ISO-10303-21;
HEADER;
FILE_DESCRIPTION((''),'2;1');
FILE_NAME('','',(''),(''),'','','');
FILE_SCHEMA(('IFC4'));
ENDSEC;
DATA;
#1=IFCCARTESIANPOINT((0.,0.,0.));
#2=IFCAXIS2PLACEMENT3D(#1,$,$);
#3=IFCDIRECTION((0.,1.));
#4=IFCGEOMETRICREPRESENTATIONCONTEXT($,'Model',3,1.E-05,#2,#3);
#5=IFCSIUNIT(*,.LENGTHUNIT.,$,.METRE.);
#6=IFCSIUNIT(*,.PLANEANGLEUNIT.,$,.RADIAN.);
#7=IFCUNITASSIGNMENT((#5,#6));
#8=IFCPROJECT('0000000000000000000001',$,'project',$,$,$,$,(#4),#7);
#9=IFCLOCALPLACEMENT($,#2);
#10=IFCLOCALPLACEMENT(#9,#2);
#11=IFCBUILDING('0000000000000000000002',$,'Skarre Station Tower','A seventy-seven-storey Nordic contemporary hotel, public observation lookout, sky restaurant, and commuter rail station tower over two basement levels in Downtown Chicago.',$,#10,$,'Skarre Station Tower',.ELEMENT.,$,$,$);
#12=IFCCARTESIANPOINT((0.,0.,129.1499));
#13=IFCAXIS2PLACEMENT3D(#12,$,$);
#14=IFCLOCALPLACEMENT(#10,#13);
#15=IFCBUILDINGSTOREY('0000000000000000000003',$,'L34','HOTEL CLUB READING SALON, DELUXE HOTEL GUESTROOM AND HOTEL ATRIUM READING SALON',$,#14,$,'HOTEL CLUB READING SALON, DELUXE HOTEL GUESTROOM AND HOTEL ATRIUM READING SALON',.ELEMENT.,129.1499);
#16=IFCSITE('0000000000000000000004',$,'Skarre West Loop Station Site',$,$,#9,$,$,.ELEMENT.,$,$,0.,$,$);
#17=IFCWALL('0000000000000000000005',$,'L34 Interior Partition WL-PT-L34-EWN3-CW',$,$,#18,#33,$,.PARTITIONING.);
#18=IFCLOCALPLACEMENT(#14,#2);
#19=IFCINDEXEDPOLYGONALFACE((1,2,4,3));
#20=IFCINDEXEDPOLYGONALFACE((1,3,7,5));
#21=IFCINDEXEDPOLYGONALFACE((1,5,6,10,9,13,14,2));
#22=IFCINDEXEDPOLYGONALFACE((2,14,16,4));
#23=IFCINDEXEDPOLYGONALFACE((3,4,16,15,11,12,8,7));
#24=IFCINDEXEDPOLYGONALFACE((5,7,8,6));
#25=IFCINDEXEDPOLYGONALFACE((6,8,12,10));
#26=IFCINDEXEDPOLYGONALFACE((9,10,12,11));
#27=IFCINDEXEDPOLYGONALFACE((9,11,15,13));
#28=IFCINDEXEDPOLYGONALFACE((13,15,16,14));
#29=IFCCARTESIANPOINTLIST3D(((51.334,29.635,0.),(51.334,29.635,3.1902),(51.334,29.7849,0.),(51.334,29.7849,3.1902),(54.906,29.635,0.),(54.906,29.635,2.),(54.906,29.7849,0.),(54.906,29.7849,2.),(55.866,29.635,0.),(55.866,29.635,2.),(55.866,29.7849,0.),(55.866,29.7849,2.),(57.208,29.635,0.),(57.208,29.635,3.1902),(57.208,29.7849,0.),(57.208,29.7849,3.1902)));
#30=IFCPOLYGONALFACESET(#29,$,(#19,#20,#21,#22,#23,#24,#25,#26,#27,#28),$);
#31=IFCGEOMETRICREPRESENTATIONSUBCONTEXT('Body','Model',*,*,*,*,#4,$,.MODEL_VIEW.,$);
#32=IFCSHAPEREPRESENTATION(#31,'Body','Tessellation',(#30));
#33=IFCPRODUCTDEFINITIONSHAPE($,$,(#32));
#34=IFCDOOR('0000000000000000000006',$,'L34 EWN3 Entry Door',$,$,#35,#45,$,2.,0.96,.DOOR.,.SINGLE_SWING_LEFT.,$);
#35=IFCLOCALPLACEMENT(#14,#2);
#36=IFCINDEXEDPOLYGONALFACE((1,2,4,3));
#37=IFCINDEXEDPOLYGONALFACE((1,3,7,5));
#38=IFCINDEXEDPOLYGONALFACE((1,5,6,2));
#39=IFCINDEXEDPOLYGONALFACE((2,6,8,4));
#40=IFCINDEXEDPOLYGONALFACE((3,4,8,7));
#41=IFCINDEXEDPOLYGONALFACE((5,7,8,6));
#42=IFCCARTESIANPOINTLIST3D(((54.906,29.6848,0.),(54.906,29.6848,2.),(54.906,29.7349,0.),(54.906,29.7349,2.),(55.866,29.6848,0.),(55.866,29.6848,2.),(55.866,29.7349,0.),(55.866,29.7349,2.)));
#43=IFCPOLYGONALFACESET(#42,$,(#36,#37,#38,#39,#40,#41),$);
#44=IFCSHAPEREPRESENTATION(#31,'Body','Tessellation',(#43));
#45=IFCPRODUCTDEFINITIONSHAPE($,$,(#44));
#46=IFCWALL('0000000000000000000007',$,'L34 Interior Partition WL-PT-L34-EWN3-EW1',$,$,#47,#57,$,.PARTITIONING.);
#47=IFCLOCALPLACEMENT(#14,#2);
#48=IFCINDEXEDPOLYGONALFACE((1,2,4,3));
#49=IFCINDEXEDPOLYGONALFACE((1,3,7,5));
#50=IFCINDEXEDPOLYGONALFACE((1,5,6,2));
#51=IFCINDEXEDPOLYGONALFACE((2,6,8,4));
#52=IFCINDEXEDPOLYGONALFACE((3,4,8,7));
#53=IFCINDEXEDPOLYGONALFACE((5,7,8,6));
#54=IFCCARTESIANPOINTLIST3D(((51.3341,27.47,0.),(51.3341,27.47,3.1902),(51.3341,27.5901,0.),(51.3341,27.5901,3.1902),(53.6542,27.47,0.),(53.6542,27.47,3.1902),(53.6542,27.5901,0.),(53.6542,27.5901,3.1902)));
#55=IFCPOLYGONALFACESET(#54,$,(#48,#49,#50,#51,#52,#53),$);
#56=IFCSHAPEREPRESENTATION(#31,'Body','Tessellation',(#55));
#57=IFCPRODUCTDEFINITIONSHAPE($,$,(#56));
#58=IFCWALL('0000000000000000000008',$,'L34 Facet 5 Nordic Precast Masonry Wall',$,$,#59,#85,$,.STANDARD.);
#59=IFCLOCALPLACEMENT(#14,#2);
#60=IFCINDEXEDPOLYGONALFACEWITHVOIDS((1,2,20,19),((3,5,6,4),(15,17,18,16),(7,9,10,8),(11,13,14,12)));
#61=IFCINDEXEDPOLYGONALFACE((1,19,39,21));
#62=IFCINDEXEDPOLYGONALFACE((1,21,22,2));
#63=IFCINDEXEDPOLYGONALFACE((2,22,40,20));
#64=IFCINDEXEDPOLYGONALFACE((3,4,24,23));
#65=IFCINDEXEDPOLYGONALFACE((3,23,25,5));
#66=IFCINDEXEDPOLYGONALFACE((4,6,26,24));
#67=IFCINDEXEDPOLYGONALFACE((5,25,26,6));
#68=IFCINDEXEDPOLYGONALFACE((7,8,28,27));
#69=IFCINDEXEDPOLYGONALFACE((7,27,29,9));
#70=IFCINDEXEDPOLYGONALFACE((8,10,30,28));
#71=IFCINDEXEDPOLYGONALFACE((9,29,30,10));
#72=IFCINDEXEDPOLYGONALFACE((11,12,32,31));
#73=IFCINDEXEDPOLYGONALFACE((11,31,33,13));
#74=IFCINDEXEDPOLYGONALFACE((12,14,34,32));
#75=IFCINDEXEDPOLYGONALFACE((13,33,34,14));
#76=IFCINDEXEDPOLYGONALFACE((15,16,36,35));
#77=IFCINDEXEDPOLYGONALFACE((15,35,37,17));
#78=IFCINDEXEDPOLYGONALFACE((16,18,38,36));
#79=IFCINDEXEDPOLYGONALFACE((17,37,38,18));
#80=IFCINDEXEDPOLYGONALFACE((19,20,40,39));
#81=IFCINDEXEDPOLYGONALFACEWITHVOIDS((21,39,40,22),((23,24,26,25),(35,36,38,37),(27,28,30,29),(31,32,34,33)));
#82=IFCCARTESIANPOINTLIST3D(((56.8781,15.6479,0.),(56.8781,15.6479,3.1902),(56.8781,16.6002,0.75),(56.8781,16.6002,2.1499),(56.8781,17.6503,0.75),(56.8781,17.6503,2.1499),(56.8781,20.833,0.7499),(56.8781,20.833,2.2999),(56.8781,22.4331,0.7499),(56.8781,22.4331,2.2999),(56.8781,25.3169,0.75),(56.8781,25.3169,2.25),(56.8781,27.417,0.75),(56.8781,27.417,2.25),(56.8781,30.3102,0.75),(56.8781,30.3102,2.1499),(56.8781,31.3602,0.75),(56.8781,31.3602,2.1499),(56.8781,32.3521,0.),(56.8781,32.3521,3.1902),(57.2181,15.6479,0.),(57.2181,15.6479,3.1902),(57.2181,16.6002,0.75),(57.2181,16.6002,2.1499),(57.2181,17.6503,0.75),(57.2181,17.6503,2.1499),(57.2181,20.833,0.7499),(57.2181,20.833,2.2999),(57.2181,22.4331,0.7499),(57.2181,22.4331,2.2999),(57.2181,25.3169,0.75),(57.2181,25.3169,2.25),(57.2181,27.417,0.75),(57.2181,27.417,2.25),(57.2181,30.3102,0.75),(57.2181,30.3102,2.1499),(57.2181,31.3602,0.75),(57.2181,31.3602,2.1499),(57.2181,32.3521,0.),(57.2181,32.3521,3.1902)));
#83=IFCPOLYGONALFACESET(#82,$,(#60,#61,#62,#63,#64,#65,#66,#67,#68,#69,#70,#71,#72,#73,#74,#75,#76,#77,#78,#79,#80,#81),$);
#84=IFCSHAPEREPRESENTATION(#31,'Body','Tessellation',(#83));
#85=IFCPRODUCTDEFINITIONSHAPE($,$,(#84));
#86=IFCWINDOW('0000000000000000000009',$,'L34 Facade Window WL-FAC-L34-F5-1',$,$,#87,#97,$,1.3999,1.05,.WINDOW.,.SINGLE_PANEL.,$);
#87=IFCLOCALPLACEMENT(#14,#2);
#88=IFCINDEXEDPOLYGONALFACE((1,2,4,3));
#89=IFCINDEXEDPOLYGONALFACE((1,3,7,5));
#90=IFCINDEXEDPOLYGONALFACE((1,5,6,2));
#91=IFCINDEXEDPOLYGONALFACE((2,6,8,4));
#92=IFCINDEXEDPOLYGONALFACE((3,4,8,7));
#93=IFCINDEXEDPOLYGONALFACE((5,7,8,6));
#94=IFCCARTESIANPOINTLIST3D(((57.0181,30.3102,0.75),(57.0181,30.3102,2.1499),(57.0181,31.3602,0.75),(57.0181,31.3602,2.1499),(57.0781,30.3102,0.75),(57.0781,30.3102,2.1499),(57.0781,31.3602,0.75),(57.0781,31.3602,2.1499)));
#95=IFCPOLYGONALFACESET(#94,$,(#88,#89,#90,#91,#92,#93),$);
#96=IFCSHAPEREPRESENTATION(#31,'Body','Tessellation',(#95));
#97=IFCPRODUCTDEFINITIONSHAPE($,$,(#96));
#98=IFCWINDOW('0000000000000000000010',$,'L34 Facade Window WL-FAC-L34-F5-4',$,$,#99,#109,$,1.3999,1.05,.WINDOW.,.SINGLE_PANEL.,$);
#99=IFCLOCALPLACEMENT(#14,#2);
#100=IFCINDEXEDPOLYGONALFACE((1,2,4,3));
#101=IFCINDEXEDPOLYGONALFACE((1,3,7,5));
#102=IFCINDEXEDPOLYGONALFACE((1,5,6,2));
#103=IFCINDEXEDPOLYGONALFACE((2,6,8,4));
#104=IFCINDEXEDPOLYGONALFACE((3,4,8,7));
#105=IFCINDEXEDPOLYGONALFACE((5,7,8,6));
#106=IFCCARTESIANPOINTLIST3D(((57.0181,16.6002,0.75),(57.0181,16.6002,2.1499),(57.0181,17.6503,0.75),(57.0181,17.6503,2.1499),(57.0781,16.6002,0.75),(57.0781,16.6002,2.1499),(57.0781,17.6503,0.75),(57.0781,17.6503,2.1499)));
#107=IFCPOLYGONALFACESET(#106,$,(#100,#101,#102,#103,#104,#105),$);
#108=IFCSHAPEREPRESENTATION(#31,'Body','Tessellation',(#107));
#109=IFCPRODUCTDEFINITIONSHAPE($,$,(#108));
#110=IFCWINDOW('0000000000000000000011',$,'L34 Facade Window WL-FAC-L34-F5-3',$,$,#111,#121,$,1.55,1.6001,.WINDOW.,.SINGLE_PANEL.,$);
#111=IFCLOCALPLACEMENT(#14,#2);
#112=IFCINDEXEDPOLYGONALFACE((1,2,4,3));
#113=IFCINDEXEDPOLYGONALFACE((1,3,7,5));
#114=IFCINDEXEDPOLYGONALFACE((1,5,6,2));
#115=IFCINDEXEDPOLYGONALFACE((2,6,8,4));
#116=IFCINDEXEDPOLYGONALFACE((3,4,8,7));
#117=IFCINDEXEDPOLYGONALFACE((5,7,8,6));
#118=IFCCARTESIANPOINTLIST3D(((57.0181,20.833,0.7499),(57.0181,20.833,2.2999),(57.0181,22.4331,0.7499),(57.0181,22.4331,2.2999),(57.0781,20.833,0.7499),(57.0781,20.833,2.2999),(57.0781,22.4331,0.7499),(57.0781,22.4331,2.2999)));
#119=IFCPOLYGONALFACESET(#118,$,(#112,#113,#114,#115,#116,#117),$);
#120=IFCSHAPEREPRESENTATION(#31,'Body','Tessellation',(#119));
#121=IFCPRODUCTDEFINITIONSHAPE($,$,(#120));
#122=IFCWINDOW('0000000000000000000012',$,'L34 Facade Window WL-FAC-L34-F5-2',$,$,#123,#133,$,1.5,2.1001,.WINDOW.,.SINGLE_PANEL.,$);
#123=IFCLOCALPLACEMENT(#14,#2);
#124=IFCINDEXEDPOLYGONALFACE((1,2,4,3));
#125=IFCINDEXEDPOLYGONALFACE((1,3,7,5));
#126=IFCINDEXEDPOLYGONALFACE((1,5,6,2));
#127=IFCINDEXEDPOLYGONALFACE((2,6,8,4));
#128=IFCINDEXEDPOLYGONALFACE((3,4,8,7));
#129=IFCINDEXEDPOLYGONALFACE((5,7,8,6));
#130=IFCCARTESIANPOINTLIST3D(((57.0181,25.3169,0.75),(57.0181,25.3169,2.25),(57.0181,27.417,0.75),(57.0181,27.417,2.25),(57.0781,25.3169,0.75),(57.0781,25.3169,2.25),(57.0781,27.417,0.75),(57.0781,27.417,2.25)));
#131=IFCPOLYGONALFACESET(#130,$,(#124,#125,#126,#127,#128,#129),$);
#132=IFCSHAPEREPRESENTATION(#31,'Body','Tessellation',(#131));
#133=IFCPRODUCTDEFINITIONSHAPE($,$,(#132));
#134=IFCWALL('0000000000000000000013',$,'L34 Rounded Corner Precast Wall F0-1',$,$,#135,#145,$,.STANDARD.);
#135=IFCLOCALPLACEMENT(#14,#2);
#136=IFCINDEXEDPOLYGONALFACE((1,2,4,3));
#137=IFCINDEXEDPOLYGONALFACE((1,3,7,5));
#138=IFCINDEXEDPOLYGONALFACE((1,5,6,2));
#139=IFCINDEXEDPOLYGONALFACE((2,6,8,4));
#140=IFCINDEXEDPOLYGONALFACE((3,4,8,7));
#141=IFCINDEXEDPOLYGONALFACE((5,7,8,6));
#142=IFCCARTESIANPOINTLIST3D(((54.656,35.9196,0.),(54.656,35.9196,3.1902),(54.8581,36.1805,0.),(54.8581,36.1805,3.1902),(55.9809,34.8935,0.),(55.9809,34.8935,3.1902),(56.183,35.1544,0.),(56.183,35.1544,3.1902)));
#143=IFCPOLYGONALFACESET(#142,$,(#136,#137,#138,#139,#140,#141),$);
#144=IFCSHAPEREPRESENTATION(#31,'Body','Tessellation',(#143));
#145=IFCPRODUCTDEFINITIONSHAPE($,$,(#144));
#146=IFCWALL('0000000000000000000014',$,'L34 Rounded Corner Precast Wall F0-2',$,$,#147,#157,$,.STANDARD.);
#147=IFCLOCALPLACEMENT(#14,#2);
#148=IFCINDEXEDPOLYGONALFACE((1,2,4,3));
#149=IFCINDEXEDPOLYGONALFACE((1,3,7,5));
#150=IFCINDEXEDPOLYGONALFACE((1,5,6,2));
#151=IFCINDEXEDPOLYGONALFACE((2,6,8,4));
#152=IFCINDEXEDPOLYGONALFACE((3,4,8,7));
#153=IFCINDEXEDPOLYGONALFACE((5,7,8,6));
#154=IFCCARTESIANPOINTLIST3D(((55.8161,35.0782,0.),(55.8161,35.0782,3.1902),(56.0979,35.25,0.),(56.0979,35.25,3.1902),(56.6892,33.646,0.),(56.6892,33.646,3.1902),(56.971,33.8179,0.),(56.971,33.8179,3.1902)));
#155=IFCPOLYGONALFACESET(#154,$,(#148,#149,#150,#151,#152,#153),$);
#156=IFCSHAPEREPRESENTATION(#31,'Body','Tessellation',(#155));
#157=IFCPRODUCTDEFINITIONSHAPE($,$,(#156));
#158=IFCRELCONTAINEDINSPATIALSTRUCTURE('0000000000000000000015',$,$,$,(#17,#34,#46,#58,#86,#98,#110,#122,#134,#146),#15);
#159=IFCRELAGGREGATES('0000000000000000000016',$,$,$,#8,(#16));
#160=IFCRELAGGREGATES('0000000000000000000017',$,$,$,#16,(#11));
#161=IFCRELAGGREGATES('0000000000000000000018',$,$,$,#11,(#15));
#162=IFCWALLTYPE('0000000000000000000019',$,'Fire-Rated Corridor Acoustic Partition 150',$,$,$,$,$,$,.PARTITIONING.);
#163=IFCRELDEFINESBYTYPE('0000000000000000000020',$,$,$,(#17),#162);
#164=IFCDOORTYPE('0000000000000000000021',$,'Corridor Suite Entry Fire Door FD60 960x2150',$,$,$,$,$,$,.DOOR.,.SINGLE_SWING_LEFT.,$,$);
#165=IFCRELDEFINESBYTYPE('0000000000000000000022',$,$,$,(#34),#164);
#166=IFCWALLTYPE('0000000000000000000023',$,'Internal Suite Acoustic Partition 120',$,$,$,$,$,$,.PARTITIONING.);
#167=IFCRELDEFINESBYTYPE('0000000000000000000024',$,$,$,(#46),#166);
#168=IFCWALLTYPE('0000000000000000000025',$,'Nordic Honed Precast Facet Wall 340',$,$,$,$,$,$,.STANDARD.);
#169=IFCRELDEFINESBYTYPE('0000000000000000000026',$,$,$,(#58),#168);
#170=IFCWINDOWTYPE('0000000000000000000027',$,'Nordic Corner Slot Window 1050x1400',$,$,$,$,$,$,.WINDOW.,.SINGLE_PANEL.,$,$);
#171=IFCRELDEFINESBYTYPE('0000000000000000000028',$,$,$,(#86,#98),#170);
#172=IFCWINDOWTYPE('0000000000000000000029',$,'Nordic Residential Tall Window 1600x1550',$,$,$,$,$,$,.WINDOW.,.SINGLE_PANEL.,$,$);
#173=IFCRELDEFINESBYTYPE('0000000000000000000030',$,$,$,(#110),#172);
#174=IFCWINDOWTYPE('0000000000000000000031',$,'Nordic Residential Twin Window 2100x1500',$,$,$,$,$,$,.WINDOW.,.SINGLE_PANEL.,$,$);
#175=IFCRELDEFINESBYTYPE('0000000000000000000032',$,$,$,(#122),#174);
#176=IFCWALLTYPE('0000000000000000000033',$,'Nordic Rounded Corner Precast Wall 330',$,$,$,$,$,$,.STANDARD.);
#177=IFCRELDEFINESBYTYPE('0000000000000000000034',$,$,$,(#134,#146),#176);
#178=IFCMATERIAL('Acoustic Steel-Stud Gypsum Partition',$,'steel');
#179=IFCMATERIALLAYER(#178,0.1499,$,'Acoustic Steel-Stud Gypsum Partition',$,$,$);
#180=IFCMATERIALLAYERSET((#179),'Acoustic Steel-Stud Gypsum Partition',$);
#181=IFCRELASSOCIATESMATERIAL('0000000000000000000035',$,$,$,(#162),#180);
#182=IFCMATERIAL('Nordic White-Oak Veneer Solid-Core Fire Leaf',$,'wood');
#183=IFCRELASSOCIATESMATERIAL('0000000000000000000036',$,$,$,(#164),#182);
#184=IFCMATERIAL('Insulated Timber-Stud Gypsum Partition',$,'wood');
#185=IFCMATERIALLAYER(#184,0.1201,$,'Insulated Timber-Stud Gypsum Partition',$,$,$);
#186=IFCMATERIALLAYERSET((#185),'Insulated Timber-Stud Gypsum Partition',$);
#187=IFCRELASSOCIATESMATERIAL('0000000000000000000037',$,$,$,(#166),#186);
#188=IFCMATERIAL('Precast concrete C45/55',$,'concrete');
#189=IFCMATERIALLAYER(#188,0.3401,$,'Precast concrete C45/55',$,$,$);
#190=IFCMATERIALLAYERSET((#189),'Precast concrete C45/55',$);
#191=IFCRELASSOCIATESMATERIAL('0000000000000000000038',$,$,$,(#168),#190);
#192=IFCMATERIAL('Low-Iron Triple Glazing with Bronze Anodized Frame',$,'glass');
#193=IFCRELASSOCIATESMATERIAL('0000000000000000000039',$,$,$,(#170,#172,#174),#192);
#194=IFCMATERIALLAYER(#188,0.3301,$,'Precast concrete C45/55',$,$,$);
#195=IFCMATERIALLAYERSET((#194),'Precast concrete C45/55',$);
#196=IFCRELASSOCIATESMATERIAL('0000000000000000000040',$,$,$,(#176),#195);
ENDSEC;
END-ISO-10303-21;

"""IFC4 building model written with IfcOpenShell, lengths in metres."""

from ifc_helpers import new_model, si_unit, direction, frame, frame_2d, origin, place, context, subcontext, project, spatial, rectangle, extrude, material, layer, layer_set, type_object, element, fill, save


model = new_model("IFC4")

# Units and contexts
model_context = context("Model", 3, precision=1e-05, world=origin(), true_north=direction((0.0, 1.0)))
body_context = subcontext(model_context, "Body", "Model", "MODEL_VIEW")
ifc_project = project(units=[si_unit("LENGTHUNIT", "METRE"), si_unit("PLANEANGLEUNIT", "RADIAN")], contexts=[model_context])

# Site, building, storey
site_placement = place(None, origin())
site = spatial("IfcSite", under=ifc_project, at=site_placement, Name="Skarre West Loop Station Site", CompositionType="ELEMENT", RefElevation=0.0)
building_placement = place(site_placement, origin())
building = spatial("IfcBuilding", under=site, at=building_placement, Name="Skarre Station Tower", Description="A seventy-seven-storey Nordic contemporary hotel, public observation lookout, sky restaurant, and commuter rail station tower over two basement levels in Downtown Chicago.", LongName="Skarre Station Tower", CompositionType="ELEMENT")
storey_placement = place(building_placement, frame((0.0, 0.0, 129.1499)))
storey = spatial("IfcBuildingStorey", under=building, at=storey_placement, Name="L34", Description="HOTEL CLUB READING SALON, DELUXE HOTEL GUESTROOM AND HOTEL ATRIUM READING SALON", LongName="HOTEL CLUB READING SALON, DELUXE HOTEL GUESTROOM AND HOTEL ATRIUM READING SALON", CompositionType="ELEMENT", Elevation=129.1499)

# Wall, opening, door
ifc_material_1 = material(Name="Acoustic Steel-Stud Gypsum Partition", Category="steel")
ifc_layer_1 = layer(ifc_material_1, 0.1499, Name="Acoustic Steel-Stud Gypsum Partition")
ifc_layer_set_1 = layer_set([ifc_layer_1], Name="Acoustic Steel-Stud Gypsum Partition")
wall_type_1 = type_object("IfcWallType", Name="Fire-Rated Corridor Acoustic Partition 150", PredefinedType="PARTITIONING", material=ifc_layer_set_1)
ifc_material_2 = material(Name="Nordic White-Oak Veneer Solid-Core Fire Leaf", Category="wood")
door_type = type_object("IfcDoorType", Name="Corridor Suite Entry Fire Door FD60 960x2150", OperationType="SINGLE_SWING_LEFT", PredefinedType="DOOR", material=ifc_material_2)
wall_1_placement = place(storey_placement, frame((51.334, 29.71, 0.0), z_axis=(0.0, 0.0, 1.0), x_axis=(1.0, 0.0, 0.0)))
wall_1 = element("IfcWall", 1, at=wall_1_placement, inside=storey, type_object=wall_type_1, Name="L34 Interior Partition WL-PT-L34-EWN3-CW", PredefinedType="PARTITIONING", context=body_context, shape_type="SweptSolid", body=[
    extrude(rectangle(XDim=5.874, YDim=0.1499, at=frame_2d((2.937, 0.0))), origin(), (0.0, 0.0, 1.0), 3.1902),
])
opening_1_placement = place(wall_1_placement, frame((3.572, 0.0, 0.0)))
opening_1 = element("IfcOpeningElement", 2, at=opening_1_placement, cuts=wall_1, PredefinedType="OPENING", context=body_context, shape_type="SweptSolid", body=[
    extrude(rectangle(XDim=0.96, YDim=2.0, at=frame_2d((0.48, 1.0))), frame((0.0, 0.085, 0.0), z_axis=(0.0, -1.0, 0.0), x_axis=(1.0, 0.0, 0.0)), (0.0, 0.0, 1.0), 0.1699),
])
door_1_placement = place(opening_1_placement, origin())
door_1 = element("IfcDoor", 3, at=door_1_placement, inside=storey, type_object=door_type, Name="L34 EWN3 Entry Door", OperationType="SINGLE_SWING_LEFT", OverallHeight=2.0, OverallWidth=0.96, PredefinedType="DOOR", context=body_context, shape_type="SweptSolid", body=[
    extrude(rectangle(XDim=0.96, YDim=2.0, at=frame_2d((0.48, 1.0))), frame((0.0, 0.0249, 0.0), z_axis=(0.0, -1.0, 0.0), x_axis=(1.0, 0.0, 0.0)), (0.0, 0.0, 1.0), 0.05),
])
fill(opening_1, door_1)

# Wall
ifc_material_3 = material(Name="Insulated Timber-Stud Gypsum Partition", Category="wood")
ifc_layer_2 = layer(ifc_material_3, 0.1201, Name="Insulated Timber-Stud Gypsum Partition")
ifc_layer_set_2 = layer_set([ifc_layer_2], Name="Insulated Timber-Stud Gypsum Partition")
wall_type_2 = type_object("IfcWallType", Name="Internal Suite Acoustic Partition 120", PredefinedType="PARTITIONING", material=ifc_layer_set_2)
wall_2_placement = place(storey_placement, frame((51.334, 27.53, 0.0), z_axis=(0.0, 0.0, 1.0), x_axis=(1.0, 0.0, 0.0)))
element("IfcWall", 4, at=wall_2_placement, inside=storey, type_object=wall_type_2, Name="L34 Interior Partition WL-PT-L34-EWN3-EW1", PredefinedType="PARTITIONING", context=body_context, shape_type="SweptSolid", body=[
    extrude(rectangle(XDim=2.3201, YDim=0.1201, at=frame_2d((1.1602, 0.0))), origin(), (0.0, 0.0, 1.0), 3.1902),
])

# Wall, openings, windows
ifc_material_4 = material(Name="Precast concrete C45/55", Category="concrete")
ifc_layer_3 = layer(ifc_material_4, 0.3401, Name="Precast concrete C45/55")
ifc_layer_set_3 = layer_set([ifc_layer_3], Name="Precast concrete C45/55")
wall_type_3 = type_object("IfcWallType", Name="Nordic Honed Precast Facet Wall 340", PredefinedType="STANDARD", material=ifc_layer_set_3)
wall_3_placement = place(storey_placement, frame((57.0481, 32.3521, 0.0), z_axis=(0.0, 0.0, 1.0), x_axis=(0.0, -1.0, 0.0)))
wall_3 = element("IfcWall", 5, at=wall_3_placement, inside=storey, type_object=wall_type_3, Name="L34 Facet 5 Nordic Precast Masonry Wall", PredefinedType="STANDARD", context=body_context, shape_type="SweptSolid", body=[
    extrude(rectangle(XDim=16.7041, YDim=0.3401, at=frame_2d((8.3521, 0.0))), origin(), (0.0, 0.0, 1.0), 3.1902),
])
opening_2_placement = place(wall_3_placement, frame((0.9919, 0.0, 0.75)))
opening_2 = element("IfcOpeningElement", 6, at=opening_2_placement, cuts=wall_3, PredefinedType="OPENING", context=body_context, shape_type="SweptSolid", body=[
    extrude(rectangle(XDim=1.05, YDim=1.3999, at=frame_2d((0.5249, 0.7))), frame((0.0, 0.1799, 0.0), z_axis=(0.0, -1.0, 0.0), x_axis=(1.0, 0.0, 0.0)), (0.0, 0.0, 1.0), 0.3601),
])
opening_3_placement = place(wall_3_placement, frame((4.9351, 0.0, 0.75)))
opening_3 = element("IfcOpeningElement", 7, at=opening_3_placement, cuts=wall_3, PredefinedType="OPENING", context=body_context, shape_type="SweptSolid", body=[
    extrude(rectangle(XDim=2.1001, YDim=1.5, at=frame_2d((1.05, 0.75))), frame((0.0, 0.1799, 0.0), z_axis=(0.0, -1.0, 0.0), x_axis=(1.0, 0.0, 0.0)), (0.0, 0.0, 1.0), 0.3601),
])
opening_4_placement = place(wall_3_placement, frame((9.9189, 0.0, 0.75)))
opening_4 = element("IfcOpeningElement", 8, at=opening_4_placement, cuts=wall_3, PredefinedType="OPENING", context=body_context, shape_type="SweptSolid", body=[
    extrude(rectangle(XDim=1.6001, YDim=1.55, at=frame_2d((0.8, 0.7749))), frame((0.0, 0.1799, 0.0), z_axis=(0.0, -1.0, 0.0), x_axis=(1.0, 0.0, 0.0)), (0.0, 0.0, 1.0), 0.3601),
])
opening_5_placement = place(wall_3_placement, frame((14.7019, 0.0, 0.75)))
opening_5 = element("IfcOpeningElement", 9, at=opening_5_placement, cuts=wall_3, PredefinedType="OPENING", context=body_context, shape_type="SweptSolid", body=[
    extrude(rectangle(XDim=1.05, YDim=1.3999, at=frame_2d((0.5249, 0.7))), frame((0.0, 0.1799, 0.0), z_axis=(0.0, -1.0, 0.0), x_axis=(1.0, 0.0, 0.0)), (0.0, 0.0, 1.0), 0.3601),
])
ifc_material_5 = material(Name="Low-Iron Triple Glazing with Bronze Anodized Frame", Category="glass")
window_type_1 = type_object("IfcWindowType", Name="Nordic Corner Slot Window 1050x1400", PartitioningType="SINGLE_PANEL", PredefinedType="WINDOW", material=ifc_material_5)
window_1_placement = place(opening_2_placement, origin())
window_1 = element("IfcWindow", 10, at=window_1_placement, inside=storey, type_object=window_type_1, Name="L34 Facade Window WL-FAC-L34-F5-1", OverallHeight=1.3999, OverallWidth=1.05, PartitioningType="SINGLE_PANEL", PredefinedType="WINDOW", context=body_context, shape_type="SweptSolid", body=[
    extrude(rectangle(XDim=1.05, YDim=1.3999, at=frame_2d((0.5249, 0.7))), frame((0.0, 0.03, 0.0), z_axis=(0.0, -1.0, 0.0), x_axis=(1.0, 0.0, 0.0)), (0.0, 0.0, 1.0), 0.0601),
])
fill(opening_2, window_1)
window_2_placement = place(opening_5_placement, origin())
window_2 = element("IfcWindow", 11, at=window_2_placement, inside=storey, type_object=window_type_1, Name="L34 Facade Window WL-FAC-L34-F5-4", OverallHeight=1.3999, OverallWidth=1.05, PartitioningType="SINGLE_PANEL", PredefinedType="WINDOW", context=body_context, shape_type="SweptSolid", body=[
    extrude(rectangle(XDim=1.05, YDim=1.3999, at=frame_2d((0.5249, 0.7))), frame((0.0, 0.03, 0.0), z_axis=(0.0, -1.0, 0.0), x_axis=(1.0, 0.0, 0.0)), (0.0, 0.0, 1.0), 0.0601),
])
fill(opening_5, window_2)
window_type_2 = type_object("IfcWindowType", Name="Nordic Residential Tall Window 1600x1550", PartitioningType="SINGLE_PANEL", PredefinedType="WINDOW", material=ifc_material_5)
window_3_placement = place(opening_4_placement, origin())
window_3 = element("IfcWindow", 12, at=window_3_placement, inside=storey, type_object=window_type_2, Name="L34 Facade Window WL-FAC-L34-F5-3", OverallHeight=1.55, OverallWidth=1.6001, PartitioningType="SINGLE_PANEL", PredefinedType="WINDOW", context=body_context, shape_type="SweptSolid", body=[
    extrude(rectangle(XDim=1.6001, YDim=1.55, at=frame_2d((0.8, 0.7749))), frame((0.0, 0.03, 0.0), z_axis=(0.0, -1.0, 0.0), x_axis=(1.0, 0.0, 0.0)), (0.0, 0.0, 1.0), 0.0601),
])
fill(opening_4, window_3)
window_type_3 = type_object("IfcWindowType", Name="Nordic Residential Twin Window 2100x1500", PartitioningType="SINGLE_PANEL", PredefinedType="WINDOW", material=ifc_material_5)
window_4_placement = place(opening_3_placement, origin())
window_4 = element("IfcWindow", 13, at=window_4_placement, inside=storey, type_object=window_type_3, Name="L34 Facade Window WL-FAC-L34-F5-2", OverallHeight=1.5, OverallWidth=2.1001, PartitioningType="SINGLE_PANEL", PredefinedType="WINDOW", context=body_context, shape_type="SweptSolid", body=[
    extrude(rectangle(XDim=2.1001, YDim=1.5, at=frame_2d((1.05, 0.75))), frame((0.0, 0.03, 0.0), z_axis=(0.0, -1.0, 0.0), x_axis=(1.0, 0.0, 0.0)), (0.0, 0.0, 1.0), 0.0601),
])
fill(opening_3, window_4)

# Walls
ifc_layer_4 = layer(ifc_material_4, 0.3301, Name="Precast concrete C45/55")
ifc_layer_set_4 = layer_set([ifc_layer_4], Name="Precast concrete C45/55")
wall_type_4 = type_object("IfcWallType", Name="Nordic Rounded Corner Precast Wall 330", PredefinedType="STANDARD", material=ifc_layer_set_4)
wall_4_placement = place(storey_placement, frame((54.7571, 36.05, 0.0), z_axis=(0.0, 0.0, 1.0), x_axis=(0.790621, -0.612305, 0.0)))
element("IfcWall", 14, at=wall_4_placement, inside=storey, type_object=wall_type_4, Name="L34 Rounded Corner Precast Wall F0-1", PredefinedType="STANDARD", context=body_context, shape_type="SweptSolid", body=[
    extrude(rectangle(XDim=1.6758, YDim=0.3301, at=frame_2d((0.8379, 0.0))), origin(), (0.0, 0.0, 1.0), 3.1902),
])
wall_5_placement = place(storey_placement, frame((55.957, 35.1641, 0.0), z_axis=(0.0, 0.0, 1.0), x_axis=(0.520519, -0.85385, 0.0)))
element("IfcWall", 15, at=wall_5_placement, inside=storey, type_object=wall_type_4, Name="L34 Rounded Corner Precast Wall F0-2", PredefinedType="STANDARD", context=body_context, shape_type="SweptSolid", body=[
    extrude(rectangle(XDim=1.6772, YDim=0.3301, at=frame_2d((0.8386, 0.0))), origin(), (0.0, 0.0, 1.0), 3.1902),
])

save(model, "model.ifc")
